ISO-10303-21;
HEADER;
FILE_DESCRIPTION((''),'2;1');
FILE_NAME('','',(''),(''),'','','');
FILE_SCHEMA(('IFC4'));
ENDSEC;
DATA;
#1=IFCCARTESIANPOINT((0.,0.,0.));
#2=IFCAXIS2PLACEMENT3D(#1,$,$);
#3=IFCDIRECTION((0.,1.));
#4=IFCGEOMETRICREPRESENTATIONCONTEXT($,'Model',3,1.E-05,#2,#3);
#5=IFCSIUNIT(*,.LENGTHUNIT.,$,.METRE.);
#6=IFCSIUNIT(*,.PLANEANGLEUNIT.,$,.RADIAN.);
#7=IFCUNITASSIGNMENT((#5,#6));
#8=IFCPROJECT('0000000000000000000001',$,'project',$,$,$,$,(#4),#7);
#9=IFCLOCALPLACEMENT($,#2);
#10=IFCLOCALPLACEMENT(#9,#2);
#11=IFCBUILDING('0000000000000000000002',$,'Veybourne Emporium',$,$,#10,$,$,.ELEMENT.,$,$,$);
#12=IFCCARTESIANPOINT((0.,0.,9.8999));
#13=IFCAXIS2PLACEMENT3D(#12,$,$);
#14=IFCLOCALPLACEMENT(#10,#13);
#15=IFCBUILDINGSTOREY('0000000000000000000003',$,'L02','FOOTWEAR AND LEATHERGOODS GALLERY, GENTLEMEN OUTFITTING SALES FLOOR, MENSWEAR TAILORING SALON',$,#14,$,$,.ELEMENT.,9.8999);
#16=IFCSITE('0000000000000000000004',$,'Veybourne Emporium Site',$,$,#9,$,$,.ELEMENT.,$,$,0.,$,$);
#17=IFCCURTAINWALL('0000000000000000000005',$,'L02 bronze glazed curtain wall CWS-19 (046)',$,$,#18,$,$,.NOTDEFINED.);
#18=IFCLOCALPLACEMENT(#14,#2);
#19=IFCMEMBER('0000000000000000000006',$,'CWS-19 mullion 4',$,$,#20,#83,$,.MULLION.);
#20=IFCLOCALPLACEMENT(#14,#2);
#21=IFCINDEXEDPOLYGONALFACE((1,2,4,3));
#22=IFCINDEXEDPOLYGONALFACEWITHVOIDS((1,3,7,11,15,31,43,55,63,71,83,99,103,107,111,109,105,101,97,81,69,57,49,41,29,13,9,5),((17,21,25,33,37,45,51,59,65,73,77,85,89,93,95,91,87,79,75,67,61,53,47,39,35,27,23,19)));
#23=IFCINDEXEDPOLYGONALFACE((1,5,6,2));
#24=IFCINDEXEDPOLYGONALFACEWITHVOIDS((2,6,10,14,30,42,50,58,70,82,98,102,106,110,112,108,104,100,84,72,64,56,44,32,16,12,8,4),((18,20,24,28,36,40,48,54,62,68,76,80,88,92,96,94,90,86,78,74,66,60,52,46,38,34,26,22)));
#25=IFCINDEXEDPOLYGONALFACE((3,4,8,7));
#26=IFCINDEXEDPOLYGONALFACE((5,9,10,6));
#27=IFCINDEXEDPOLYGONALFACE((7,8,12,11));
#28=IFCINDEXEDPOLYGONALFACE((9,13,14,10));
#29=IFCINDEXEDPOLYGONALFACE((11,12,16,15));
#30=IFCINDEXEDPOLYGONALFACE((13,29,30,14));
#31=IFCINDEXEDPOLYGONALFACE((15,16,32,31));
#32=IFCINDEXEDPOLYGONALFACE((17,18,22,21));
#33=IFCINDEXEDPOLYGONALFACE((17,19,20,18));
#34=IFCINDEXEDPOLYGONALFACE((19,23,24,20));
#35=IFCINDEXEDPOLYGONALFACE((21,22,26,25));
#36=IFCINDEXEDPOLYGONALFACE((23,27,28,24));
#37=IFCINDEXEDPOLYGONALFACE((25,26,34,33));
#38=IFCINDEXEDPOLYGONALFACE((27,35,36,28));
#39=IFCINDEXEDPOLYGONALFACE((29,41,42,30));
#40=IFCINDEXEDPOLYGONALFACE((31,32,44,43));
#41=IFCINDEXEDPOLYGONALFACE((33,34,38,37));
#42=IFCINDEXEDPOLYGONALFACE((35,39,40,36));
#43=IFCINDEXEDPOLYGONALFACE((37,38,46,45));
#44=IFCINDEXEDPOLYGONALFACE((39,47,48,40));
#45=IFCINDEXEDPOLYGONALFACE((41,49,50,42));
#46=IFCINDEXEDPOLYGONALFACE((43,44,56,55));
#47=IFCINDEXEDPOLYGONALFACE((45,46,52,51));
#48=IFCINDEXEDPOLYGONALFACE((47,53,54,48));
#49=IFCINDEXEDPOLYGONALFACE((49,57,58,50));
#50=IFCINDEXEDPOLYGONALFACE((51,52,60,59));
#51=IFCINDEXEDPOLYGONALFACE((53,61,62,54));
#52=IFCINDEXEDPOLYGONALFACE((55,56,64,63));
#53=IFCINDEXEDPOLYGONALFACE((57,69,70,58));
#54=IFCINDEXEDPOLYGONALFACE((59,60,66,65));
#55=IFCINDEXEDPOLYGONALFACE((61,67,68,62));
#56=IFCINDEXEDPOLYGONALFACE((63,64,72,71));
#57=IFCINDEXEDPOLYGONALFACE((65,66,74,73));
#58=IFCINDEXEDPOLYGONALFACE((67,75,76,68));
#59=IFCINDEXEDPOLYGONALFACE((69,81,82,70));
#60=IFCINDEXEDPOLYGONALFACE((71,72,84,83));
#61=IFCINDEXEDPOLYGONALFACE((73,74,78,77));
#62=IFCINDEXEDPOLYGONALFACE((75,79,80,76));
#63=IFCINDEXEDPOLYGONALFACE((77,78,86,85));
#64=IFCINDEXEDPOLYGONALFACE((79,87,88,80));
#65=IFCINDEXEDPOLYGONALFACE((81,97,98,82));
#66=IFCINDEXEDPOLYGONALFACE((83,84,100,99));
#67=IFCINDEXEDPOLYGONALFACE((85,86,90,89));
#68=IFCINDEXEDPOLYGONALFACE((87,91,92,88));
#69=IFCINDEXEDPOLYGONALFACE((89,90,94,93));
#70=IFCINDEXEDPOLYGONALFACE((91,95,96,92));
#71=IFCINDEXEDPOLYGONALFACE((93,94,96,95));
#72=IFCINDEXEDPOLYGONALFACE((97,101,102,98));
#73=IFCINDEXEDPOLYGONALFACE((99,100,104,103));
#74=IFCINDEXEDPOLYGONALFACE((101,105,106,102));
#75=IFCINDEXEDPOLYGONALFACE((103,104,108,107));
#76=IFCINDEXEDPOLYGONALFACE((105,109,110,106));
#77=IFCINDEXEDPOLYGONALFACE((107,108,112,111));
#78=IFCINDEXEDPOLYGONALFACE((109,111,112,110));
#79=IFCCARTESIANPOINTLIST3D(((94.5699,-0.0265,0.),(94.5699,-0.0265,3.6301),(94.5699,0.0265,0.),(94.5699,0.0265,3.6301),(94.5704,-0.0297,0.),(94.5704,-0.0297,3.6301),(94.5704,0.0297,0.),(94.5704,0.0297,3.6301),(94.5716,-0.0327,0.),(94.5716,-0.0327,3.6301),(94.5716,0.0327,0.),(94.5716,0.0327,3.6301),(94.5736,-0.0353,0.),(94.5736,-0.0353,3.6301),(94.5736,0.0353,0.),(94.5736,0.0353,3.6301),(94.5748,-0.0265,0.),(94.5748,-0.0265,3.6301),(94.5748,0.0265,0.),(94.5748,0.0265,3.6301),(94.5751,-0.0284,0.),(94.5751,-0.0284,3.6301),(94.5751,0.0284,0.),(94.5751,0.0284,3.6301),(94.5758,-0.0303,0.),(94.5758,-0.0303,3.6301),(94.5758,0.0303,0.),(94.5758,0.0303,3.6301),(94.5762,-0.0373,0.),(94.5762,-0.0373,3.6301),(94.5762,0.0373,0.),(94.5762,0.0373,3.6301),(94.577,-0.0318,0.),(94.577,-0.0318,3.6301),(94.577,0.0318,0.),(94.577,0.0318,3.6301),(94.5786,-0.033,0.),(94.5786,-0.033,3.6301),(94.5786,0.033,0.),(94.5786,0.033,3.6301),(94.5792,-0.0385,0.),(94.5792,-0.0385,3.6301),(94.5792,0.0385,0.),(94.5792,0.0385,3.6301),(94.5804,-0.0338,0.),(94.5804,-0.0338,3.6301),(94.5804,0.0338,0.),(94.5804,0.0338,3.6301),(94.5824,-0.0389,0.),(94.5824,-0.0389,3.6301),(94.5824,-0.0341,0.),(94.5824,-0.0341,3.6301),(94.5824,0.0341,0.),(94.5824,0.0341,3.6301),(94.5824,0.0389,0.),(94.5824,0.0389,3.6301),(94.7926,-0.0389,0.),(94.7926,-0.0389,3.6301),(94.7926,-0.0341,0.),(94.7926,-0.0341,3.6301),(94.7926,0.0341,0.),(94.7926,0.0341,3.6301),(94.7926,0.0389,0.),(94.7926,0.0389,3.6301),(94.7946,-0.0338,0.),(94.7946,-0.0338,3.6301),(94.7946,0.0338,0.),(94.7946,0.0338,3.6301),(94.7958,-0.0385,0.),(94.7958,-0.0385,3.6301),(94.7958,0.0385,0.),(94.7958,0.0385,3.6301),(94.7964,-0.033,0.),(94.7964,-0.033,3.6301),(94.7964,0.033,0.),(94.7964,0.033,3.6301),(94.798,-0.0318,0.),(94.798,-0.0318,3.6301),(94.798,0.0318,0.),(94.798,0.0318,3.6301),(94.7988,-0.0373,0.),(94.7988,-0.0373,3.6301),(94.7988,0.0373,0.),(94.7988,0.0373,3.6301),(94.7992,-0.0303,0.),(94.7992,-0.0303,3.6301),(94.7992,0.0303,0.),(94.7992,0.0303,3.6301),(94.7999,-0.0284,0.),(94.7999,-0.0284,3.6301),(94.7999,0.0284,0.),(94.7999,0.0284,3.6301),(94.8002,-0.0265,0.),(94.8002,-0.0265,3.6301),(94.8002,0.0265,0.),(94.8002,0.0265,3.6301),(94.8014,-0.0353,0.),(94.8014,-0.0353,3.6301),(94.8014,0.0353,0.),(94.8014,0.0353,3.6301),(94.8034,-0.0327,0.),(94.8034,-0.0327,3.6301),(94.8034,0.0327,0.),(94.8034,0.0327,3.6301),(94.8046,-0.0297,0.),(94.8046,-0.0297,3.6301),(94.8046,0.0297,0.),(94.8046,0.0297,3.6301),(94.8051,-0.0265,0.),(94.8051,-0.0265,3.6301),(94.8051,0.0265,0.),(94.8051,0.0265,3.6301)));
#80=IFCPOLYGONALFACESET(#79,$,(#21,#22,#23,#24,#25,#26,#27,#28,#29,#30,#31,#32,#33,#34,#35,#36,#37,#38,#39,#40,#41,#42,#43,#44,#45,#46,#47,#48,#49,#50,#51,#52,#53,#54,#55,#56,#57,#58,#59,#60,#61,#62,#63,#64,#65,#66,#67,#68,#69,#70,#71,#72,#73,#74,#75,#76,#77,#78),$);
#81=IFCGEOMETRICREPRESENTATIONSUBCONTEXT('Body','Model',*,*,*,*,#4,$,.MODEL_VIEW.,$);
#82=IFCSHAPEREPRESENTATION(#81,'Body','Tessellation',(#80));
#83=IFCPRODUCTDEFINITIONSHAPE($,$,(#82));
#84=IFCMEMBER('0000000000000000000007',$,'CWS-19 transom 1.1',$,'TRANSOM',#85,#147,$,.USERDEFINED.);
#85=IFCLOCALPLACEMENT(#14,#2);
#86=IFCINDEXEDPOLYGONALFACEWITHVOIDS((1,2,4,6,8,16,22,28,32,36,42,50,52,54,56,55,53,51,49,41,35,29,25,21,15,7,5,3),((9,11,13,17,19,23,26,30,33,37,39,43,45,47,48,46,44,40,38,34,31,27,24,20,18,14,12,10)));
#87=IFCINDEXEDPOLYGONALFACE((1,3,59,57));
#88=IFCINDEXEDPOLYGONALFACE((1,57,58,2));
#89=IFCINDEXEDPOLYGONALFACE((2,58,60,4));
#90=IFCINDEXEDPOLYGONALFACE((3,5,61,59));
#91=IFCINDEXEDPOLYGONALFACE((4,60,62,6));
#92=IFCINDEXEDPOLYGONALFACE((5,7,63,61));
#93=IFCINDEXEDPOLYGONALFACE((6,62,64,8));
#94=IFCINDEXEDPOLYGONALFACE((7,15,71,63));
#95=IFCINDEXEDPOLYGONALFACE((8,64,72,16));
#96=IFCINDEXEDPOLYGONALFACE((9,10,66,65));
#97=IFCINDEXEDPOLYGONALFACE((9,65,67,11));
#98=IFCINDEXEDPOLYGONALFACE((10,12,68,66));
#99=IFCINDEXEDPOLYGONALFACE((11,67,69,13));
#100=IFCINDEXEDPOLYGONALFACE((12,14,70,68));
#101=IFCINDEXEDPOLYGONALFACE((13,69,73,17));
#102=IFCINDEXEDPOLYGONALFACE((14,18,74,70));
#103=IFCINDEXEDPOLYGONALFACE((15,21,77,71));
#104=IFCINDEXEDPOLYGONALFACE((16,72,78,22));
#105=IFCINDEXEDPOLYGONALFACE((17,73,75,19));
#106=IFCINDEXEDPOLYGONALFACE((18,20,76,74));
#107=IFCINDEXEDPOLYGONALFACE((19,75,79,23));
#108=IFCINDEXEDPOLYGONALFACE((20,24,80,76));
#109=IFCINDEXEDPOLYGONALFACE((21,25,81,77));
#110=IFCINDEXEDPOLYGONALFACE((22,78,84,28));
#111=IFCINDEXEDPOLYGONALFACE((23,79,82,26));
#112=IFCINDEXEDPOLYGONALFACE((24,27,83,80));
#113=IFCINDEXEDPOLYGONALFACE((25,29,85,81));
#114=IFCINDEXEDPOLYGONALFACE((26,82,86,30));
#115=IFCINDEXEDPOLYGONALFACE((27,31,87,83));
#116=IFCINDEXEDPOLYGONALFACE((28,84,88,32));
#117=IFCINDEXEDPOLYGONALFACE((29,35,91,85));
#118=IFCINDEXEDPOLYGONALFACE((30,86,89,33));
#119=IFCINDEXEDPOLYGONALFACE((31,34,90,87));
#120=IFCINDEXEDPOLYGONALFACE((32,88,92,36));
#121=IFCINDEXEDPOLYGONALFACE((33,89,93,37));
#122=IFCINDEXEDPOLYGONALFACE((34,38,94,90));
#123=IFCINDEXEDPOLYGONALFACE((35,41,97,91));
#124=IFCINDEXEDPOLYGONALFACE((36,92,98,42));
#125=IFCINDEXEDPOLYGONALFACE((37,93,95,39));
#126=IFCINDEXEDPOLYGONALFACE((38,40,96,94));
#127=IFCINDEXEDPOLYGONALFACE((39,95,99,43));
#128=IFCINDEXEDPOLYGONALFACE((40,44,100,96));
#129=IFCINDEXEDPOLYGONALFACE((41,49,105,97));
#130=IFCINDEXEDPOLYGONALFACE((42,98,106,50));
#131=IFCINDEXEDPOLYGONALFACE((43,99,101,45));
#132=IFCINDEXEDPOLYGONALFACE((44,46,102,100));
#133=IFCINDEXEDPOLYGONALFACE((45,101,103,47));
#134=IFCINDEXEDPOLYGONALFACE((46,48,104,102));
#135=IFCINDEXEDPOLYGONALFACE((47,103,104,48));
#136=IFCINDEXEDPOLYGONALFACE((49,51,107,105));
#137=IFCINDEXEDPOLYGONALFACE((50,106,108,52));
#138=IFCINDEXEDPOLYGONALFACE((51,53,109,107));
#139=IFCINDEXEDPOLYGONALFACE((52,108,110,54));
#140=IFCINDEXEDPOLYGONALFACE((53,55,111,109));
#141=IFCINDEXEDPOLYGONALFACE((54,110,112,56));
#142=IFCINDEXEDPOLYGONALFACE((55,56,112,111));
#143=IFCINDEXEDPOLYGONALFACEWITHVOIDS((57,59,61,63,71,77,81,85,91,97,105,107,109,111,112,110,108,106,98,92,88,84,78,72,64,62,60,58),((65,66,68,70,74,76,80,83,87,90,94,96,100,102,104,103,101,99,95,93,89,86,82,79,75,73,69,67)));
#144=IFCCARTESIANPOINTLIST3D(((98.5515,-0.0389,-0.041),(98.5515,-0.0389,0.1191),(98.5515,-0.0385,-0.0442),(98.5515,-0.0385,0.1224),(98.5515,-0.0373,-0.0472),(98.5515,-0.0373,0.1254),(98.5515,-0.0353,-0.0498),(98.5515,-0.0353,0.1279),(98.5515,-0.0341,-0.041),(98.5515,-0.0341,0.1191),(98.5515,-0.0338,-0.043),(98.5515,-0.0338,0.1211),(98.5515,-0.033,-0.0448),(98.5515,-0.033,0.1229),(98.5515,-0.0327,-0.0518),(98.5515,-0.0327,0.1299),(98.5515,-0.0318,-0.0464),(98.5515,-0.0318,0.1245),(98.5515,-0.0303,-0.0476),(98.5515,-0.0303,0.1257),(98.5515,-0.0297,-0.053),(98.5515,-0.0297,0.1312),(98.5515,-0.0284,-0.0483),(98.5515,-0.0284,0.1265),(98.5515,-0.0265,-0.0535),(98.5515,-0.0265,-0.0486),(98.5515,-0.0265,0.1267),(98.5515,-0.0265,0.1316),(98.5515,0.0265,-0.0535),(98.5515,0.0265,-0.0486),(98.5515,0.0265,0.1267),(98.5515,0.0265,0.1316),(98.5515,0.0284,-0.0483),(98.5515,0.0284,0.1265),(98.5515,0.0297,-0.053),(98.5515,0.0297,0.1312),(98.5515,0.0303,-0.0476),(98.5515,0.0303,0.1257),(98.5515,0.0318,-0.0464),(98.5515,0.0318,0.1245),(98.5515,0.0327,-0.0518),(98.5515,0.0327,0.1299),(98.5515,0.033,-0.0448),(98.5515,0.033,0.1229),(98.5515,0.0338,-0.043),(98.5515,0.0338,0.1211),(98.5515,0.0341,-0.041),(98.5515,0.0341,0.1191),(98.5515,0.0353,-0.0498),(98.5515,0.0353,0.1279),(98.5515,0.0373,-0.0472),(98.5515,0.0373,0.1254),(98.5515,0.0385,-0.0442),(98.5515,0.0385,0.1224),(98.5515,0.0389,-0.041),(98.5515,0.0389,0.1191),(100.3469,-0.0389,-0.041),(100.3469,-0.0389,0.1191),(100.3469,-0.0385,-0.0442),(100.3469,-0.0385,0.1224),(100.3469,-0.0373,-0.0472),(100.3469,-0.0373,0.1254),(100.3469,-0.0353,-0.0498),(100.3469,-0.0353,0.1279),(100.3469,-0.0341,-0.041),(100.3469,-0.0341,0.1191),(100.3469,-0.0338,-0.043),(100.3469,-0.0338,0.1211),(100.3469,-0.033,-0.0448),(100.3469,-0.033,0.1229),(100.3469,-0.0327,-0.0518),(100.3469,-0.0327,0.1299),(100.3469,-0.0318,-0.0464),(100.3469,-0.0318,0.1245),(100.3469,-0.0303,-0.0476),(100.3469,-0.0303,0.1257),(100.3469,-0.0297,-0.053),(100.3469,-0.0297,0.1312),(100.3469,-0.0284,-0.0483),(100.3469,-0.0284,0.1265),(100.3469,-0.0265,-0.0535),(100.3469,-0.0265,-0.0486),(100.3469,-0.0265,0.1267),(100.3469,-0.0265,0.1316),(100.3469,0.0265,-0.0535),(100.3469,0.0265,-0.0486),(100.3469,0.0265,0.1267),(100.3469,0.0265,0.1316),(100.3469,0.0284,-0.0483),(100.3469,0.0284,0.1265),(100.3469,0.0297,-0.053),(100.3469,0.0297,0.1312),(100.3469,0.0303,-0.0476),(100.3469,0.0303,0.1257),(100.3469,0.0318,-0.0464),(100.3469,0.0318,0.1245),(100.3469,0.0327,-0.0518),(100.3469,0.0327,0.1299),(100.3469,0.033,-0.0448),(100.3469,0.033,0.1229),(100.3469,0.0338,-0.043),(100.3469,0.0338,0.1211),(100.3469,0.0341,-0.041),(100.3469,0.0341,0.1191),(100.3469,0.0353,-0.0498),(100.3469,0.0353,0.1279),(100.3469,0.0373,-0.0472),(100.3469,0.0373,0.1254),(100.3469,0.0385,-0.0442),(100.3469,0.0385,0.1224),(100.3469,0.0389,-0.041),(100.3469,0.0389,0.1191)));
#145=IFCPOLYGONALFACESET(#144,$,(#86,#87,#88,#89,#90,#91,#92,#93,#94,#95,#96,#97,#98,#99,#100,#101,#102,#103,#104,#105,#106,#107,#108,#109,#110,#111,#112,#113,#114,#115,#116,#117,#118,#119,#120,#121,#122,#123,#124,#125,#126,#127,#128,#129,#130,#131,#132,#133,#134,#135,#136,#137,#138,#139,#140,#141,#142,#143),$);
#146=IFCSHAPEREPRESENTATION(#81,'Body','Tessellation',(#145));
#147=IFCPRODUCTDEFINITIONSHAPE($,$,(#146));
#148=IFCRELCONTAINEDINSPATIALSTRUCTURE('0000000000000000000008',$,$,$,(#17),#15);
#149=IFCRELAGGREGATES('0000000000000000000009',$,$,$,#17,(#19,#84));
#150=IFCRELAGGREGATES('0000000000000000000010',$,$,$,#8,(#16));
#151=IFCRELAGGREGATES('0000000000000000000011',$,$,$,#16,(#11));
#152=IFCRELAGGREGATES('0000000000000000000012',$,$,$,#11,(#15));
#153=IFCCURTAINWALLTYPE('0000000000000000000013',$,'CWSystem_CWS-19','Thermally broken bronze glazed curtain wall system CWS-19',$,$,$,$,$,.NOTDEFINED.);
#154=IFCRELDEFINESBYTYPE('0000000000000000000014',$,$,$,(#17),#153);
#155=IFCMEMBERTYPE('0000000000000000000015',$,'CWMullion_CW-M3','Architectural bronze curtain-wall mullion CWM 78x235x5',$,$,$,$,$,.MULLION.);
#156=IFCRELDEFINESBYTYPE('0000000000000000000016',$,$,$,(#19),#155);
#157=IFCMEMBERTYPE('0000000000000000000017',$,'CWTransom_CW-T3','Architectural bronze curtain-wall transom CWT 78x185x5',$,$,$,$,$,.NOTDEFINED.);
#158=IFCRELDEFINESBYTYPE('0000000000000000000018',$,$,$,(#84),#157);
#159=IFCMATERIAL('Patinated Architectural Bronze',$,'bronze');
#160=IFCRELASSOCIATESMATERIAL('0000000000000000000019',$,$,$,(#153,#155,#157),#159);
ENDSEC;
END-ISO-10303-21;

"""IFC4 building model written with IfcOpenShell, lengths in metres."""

from ifc_helpers import new_model, si_unit, direction, frame, origin, origin_2d, place, context, subcontext, project, spatial, hollow_rectangle, extrude, material, material_profile, profile_set, type_object, element, aggregate, save


model = new_model("IFC4")

# Units and contexts
model_context = context("Model", 3, precision=1e-05, world=origin(), true_north=direction((0.0, 1.0)))
body_context = subcontext(model_context, "Body", "Model", "MODEL_VIEW")
ifc_project = project(units=[si_unit("LENGTHUNIT", "METRE"), si_unit("PLANEANGLEUNIT", "RADIAN")], contexts=[model_context])

# Site, building, storey
site_placement = place(None, origin())
site = spatial("IfcSite", under=ifc_project, at=site_placement, Name="Veybourne Emporium Site", CompositionType="ELEMENT", RefElevation=0.0)
building_placement = place(site_placement, origin())
building = spatial("IfcBuilding", under=site, at=building_placement, Name="Veybourne Emporium", CompositionType="ELEMENT")
storey_placement = place(building_placement, frame((0.0, 0.0, 9.8999)))
storey = spatial("IfcBuildingStorey", under=building, at=storey_placement, Name="L02", Description="FOOTWEAR AND LEATHERGOODS GALLERY, GENTLEMEN OUTFITTING SALES FLOOR, MENSWEAR TAILORING SALON", CompositionType="ELEMENT", Elevation=9.8999)

# Curtain wall, members
ifc_material_1 = material(Name="Patinated Architectural Bronze", Category="bronze")
curtain_wall_type = type_object("IfcCurtainWallType", Name="CWSystem_CWS-19", Description="Thermally broken bronze glazed curtain wall system CWS-19", PredefinedType="NOTDEFINED", material=ifc_material_1)
curtain_wall_placement = place(storey_placement, origin())
curtain_wall = element("IfcCurtainWall", 1, at=curtain_wall_placement, inside=storey, type_object=curtain_wall_type, Name="L02 bronze glazed curtain wall CWS-19 (046)", PredefinedType="NOTDEFINED")
ifc_material_profile_1 = material_profile(ifc_material_1, hollow_rectangle(XDim=0.0779, YDim=0.2351, WallThickness=0.0049, InnerFilletRadius=0.0076, OuterFilletRadius=0.0125, at=origin_2d()), Name="CWM 78x235x5")
ifc_profile_set_1 = profile_set([ifc_material_profile_1], Name="Patinated Architectural Bronze")
member_type_1 = type_object("IfcMemberType", Name="CWMullion_CW-M3", Description="Architectural bronze curtain-wall mullion CWM 78x235x5", PredefinedType="MULLION", material=ifc_profile_set_1)
member_1_placement = place(storey_placement, frame((94.6875, 0.0, 0.0), z_axis=(0.0, 0.0, 1.0), x_axis=(0.0, -1.0, 0.0)))
member_1 = element("IfcMember", 2, at=member_1_placement, type_object=member_type_1, Name="CWS-19 mullion 4", PredefinedType="MULLION", context=body_context, shape_type="SweptSolid", body=[
    extrude(hollow_rectangle(XDim=0.0779, YDim=0.2351, WallThickness=0.0049, InnerFilletRadius=0.0076, OuterFilletRadius=0.0125, at=origin_2d()), origin(), (0.0, 0.0, 1.0), 3.6301),
])
ifc_material_profile_2 = material_profile(ifc_material_1, hollow_rectangle(XDim=0.0779, YDim=0.1851, WallThickness=0.0049, InnerFilletRadius=0.0076, OuterFilletRadius=0.0125, at=origin_2d()), Name="CWT 78x185x5")
ifc_profile_set_2 = profile_set([ifc_material_profile_2], Name="Patinated Architectural Bronze")
member_type_2 = type_object("IfcMemberType", Name="CWTransom_CW-T3", Description="Architectural bronze curtain-wall transom CWT 78x185x5", PredefinedType="NOTDEFINED", material=ifc_profile_set_2)
member_2_placement = place(storey_placement, frame((100.3469, 0.0, 0.0391), z_axis=(-1.0, 0.0, 0.0), x_axis=(0.0, -1.0, 0.0)))
member_2 = element("IfcMember", 3, at=member_2_placement, type_object=member_type_2, Name="CWS-19 transom 1.1", ObjectType="TRANSOM", PredefinedType="USERDEFINED", context=body_context, shape_type="SweptSolid", body=[
    extrude(hollow_rectangle(XDim=0.0779, YDim=0.1851, WallThickness=0.0049, InnerFilletRadius=0.0076, OuterFilletRadius=0.0125, at=origin_2d()), origin(), (0.0, 0.0, 1.0), 1.7954),
])
aggregate(curtain_wall, [member_1, member_2])

save(model, "model.ifc")
